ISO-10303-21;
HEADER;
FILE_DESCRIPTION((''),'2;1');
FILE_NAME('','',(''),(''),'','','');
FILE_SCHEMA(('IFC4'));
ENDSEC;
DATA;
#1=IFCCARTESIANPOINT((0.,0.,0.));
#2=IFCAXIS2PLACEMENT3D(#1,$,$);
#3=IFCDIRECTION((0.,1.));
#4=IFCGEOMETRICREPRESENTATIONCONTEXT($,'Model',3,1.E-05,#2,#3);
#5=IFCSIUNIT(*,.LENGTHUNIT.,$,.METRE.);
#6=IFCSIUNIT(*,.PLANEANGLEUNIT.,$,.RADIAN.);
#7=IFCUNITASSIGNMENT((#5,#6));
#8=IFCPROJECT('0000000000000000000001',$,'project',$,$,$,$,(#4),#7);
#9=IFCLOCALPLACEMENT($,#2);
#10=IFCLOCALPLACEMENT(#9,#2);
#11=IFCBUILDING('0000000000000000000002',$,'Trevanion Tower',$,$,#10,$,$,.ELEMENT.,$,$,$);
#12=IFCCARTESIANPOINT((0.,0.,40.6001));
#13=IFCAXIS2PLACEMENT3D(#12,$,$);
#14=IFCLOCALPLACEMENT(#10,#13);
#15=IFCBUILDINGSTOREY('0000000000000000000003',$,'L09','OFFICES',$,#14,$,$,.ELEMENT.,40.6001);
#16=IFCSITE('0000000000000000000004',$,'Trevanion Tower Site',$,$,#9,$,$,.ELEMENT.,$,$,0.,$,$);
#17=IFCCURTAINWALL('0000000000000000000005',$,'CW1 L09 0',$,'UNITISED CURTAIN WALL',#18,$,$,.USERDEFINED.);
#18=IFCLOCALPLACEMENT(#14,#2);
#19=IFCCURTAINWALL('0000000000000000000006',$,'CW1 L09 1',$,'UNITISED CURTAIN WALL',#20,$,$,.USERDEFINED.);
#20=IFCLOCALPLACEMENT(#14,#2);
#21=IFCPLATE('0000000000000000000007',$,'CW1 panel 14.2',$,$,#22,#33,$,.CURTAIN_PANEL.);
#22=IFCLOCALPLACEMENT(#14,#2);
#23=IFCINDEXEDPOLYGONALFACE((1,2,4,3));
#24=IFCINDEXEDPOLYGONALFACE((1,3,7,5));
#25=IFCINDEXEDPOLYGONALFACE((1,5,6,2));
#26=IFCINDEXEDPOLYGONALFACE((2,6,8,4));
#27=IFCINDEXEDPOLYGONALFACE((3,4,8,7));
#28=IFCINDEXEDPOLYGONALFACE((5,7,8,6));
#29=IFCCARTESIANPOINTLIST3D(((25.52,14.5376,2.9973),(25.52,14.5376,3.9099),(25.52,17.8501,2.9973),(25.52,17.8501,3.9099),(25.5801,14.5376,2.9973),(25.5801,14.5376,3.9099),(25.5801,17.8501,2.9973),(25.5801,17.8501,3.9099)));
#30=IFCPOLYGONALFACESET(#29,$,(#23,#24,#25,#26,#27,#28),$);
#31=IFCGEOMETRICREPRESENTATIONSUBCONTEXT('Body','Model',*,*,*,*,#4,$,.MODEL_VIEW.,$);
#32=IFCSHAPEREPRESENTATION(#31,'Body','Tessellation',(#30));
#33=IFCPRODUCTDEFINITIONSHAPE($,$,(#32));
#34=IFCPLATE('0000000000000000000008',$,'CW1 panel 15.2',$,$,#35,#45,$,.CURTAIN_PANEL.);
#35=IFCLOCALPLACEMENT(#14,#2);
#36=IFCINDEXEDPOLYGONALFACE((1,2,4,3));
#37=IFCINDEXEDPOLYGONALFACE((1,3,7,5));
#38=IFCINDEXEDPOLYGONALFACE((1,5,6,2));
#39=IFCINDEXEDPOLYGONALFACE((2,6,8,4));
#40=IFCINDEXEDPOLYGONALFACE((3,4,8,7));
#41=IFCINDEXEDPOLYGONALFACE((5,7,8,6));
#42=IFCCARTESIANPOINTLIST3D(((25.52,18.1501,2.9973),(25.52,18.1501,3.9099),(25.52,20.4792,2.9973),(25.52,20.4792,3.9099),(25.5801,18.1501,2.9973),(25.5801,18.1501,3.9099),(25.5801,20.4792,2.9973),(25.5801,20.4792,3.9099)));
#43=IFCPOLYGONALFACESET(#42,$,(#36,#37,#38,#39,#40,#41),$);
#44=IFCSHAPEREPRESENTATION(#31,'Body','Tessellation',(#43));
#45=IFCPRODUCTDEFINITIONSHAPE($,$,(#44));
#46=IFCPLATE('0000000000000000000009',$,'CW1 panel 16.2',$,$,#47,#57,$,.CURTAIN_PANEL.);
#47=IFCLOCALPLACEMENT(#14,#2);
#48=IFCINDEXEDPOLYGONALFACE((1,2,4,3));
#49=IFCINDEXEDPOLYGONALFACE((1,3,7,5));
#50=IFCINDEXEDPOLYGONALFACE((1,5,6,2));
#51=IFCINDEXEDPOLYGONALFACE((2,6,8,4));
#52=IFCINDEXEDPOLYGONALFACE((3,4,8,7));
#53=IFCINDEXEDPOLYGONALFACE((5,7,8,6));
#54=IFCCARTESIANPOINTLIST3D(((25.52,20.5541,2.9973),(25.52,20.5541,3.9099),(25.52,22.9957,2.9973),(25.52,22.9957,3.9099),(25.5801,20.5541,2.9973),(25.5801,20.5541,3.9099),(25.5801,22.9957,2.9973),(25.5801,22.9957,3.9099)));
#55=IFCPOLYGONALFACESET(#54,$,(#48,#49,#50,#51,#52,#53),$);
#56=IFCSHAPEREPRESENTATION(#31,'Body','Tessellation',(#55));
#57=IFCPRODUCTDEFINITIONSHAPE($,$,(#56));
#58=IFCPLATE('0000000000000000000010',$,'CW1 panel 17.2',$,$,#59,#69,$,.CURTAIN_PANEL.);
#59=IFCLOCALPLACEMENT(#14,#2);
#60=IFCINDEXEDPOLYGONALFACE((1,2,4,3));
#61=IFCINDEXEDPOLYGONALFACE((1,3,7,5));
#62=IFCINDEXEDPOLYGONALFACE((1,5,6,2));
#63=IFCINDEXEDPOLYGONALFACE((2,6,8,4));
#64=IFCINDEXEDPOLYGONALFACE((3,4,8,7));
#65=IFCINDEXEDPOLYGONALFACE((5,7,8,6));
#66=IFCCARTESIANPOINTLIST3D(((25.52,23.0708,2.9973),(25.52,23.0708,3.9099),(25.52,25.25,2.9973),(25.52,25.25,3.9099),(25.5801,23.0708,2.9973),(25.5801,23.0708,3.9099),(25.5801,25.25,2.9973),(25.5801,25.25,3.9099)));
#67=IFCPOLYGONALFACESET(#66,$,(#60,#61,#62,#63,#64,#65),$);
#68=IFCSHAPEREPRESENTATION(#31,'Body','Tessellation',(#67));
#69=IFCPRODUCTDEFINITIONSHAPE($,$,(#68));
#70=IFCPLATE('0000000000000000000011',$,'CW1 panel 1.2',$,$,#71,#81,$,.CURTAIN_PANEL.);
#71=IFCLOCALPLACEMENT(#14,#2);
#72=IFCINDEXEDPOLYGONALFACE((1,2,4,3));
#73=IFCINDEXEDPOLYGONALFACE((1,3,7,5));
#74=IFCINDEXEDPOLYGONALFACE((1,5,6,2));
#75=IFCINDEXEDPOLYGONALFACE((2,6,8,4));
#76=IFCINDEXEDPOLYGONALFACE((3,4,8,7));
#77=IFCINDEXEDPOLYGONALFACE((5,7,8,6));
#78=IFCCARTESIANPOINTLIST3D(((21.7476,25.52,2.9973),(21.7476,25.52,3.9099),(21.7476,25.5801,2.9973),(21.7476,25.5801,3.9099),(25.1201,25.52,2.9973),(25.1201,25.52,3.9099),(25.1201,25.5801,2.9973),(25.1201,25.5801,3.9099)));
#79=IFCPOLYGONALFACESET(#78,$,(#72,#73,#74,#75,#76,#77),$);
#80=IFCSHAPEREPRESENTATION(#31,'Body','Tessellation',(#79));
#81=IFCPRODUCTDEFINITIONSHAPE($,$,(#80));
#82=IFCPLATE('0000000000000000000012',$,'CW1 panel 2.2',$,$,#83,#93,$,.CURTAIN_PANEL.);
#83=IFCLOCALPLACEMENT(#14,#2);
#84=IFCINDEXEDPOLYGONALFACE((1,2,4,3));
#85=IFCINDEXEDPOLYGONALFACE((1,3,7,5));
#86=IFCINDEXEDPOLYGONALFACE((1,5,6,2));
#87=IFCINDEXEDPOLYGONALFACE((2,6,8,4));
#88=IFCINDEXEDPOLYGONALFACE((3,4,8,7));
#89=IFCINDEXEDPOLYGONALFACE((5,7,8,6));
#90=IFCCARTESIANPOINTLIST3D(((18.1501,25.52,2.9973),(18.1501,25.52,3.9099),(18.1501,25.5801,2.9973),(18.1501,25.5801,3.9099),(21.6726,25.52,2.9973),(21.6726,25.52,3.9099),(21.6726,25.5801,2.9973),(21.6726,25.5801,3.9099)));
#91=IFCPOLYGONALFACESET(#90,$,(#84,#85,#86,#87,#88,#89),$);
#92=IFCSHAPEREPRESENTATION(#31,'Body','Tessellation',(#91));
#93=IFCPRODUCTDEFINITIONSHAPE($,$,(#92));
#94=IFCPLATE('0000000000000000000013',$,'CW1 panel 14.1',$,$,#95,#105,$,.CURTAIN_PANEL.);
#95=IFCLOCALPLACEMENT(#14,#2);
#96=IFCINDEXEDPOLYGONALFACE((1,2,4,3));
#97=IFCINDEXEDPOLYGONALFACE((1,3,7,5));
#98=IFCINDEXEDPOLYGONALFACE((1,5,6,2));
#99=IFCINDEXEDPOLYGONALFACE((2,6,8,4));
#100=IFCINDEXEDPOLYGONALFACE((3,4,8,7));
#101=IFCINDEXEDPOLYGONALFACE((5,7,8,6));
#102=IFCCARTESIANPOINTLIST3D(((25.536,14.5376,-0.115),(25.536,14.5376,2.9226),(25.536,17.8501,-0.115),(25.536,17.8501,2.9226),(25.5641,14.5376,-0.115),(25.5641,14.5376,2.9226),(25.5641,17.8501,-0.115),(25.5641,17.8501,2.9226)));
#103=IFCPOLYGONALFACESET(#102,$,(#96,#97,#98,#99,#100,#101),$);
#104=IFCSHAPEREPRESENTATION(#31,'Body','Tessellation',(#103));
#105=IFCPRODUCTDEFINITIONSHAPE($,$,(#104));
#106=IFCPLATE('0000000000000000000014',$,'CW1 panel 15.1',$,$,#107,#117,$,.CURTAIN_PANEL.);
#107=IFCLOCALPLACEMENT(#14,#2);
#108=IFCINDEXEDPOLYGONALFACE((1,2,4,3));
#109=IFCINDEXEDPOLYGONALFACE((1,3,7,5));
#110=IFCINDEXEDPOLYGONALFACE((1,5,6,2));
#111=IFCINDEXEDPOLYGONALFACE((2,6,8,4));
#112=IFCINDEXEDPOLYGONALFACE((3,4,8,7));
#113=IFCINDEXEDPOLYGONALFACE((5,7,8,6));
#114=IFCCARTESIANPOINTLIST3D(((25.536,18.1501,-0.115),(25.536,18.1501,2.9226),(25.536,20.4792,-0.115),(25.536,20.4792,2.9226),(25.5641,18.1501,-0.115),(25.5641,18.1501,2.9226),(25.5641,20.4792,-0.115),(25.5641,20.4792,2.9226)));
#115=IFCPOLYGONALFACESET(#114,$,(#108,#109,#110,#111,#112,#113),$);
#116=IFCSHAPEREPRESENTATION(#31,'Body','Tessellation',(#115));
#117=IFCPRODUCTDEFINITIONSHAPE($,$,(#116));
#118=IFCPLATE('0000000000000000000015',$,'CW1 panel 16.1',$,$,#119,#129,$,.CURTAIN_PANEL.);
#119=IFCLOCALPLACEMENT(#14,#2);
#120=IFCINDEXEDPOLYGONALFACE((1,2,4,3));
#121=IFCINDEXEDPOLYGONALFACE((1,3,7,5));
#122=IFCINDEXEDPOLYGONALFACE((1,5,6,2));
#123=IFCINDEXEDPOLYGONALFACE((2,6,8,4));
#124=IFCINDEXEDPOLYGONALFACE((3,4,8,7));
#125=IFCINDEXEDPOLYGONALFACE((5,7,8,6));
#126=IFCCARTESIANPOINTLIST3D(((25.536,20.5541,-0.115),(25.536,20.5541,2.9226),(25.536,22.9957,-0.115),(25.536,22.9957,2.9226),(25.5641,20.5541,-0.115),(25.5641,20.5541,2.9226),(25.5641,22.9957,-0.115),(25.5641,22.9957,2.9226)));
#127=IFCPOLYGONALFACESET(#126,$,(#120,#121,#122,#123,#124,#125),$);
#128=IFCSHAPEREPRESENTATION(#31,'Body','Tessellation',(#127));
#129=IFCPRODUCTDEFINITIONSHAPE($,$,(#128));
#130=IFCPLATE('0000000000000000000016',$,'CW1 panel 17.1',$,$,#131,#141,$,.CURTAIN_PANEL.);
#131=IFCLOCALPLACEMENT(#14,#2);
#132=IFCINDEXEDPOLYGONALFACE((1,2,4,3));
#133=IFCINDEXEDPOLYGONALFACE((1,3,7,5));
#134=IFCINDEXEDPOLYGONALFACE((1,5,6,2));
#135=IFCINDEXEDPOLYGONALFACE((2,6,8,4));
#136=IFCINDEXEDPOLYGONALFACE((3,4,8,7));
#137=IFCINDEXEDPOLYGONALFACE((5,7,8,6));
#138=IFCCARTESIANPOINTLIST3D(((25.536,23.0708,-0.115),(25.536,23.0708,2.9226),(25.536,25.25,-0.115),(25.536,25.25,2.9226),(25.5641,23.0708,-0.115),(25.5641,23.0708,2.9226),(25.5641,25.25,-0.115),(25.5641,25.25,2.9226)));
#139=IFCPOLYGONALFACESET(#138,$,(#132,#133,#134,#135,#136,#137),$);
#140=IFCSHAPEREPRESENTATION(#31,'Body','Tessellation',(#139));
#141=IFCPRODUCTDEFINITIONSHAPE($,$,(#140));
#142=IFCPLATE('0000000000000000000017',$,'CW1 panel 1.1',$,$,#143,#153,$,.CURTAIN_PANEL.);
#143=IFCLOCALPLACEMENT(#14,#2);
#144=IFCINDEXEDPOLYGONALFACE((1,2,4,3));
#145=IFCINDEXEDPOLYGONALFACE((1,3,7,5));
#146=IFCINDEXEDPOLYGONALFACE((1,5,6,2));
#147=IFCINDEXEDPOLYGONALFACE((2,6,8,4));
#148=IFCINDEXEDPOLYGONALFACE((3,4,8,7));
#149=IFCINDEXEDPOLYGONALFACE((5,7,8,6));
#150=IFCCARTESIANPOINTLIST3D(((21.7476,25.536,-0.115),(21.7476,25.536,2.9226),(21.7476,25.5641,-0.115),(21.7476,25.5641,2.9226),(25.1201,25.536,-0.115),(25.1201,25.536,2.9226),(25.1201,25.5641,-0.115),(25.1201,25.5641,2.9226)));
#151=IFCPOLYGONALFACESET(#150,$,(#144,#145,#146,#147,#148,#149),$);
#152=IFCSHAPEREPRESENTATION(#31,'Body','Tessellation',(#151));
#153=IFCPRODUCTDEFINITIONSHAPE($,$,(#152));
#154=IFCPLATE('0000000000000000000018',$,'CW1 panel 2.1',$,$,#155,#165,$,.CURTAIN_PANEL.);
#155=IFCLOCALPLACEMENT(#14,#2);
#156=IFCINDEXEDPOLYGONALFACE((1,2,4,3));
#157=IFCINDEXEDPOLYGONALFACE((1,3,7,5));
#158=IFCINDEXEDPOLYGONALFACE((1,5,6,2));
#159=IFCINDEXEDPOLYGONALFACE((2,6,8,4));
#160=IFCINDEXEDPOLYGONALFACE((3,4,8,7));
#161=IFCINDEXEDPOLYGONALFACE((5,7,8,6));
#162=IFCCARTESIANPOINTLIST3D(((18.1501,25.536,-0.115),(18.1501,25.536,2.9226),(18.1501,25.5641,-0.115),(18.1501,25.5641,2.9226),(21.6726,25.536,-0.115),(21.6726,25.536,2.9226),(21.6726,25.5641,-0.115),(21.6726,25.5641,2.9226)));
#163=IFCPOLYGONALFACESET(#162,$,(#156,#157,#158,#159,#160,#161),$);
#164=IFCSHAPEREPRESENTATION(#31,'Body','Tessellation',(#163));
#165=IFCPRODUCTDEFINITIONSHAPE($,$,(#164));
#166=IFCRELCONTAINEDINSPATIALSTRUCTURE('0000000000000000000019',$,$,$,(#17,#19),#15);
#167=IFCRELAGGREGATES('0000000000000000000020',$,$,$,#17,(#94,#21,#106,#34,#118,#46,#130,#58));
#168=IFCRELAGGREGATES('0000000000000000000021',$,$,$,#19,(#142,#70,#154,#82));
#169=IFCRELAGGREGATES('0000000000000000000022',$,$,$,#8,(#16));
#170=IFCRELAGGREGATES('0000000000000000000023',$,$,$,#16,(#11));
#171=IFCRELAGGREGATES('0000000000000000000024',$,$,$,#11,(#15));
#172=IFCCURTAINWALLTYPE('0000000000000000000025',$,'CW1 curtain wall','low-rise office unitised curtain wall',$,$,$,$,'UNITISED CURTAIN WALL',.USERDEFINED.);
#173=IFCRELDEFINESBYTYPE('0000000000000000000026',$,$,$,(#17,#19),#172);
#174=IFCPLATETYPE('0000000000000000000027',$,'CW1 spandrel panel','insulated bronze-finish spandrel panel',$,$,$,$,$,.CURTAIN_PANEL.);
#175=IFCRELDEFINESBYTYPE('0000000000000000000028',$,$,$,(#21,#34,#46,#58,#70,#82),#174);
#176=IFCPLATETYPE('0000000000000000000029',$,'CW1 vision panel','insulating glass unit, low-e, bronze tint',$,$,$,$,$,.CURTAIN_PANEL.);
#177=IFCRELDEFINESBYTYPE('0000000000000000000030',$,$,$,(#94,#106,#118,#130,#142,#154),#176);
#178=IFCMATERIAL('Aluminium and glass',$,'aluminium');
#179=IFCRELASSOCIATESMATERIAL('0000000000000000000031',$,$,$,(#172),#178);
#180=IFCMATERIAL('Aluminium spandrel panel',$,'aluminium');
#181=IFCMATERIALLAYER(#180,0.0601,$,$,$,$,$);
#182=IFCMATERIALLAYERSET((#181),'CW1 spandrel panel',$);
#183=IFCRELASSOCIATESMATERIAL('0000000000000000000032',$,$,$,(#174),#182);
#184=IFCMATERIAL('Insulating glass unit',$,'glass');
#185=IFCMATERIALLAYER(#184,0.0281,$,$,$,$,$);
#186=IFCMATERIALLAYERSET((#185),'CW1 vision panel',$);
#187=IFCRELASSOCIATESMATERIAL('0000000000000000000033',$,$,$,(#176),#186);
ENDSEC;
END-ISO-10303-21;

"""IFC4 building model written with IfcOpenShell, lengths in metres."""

from ifc_helpers import new_model, si_unit, direction, frame, origin, origin_2d, place, context, subcontext, project, spatial, rectangle, extrude, material, layer, layer_set, type_object, element, aggregate, save


model = new_model("IFC4")

# Units and contexts
model_context = context("Model", 3, precision=1e-05, world=origin(), true_north=direction((0.0, 1.0)))
body_context = subcontext(model_context, "Body", "Model", "MODEL_VIEW")
ifc_project = project(units=[si_unit("LENGTHUNIT", "METRE"), si_unit("PLANEANGLEUNIT", "RADIAN")], contexts=[model_context])

# Site, building, storey
site_placement = place(None, origin())
site = spatial("IfcSite", under=ifc_project, at=site_placement, Name="Trevanion Tower Site", CompositionType="ELEMENT", RefElevation=0.0)
building_placement = place(site_placement, origin())
building = spatial("IfcBuilding", under=site, at=building_placement, Name="Trevanion Tower", CompositionType="ELEMENT")
storey_placement = place(building_placement, frame((0.0, 0.0, 40.6001)))
storey = spatial("IfcBuildingStorey", under=building, at=storey_placement, Name="L09", Description="OFFICES", CompositionType="ELEMENT", Elevation=40.6001)

# Curtain wall
ifc_material_1 = material(Name="Aluminium and glass", Category="aluminium")
curtain_wall_type = type_object("IfcCurtainWallType", Name="CW1 curtain wall", Description="low-rise office unitised curtain wall", ElementType="UNITISED CURTAIN WALL", PredefinedType="USERDEFINED", material=ifc_material_1)
curtain_wall_1_placement = place(storey_placement, origin())
curtain_wall_1 = element("IfcCurtainWall", 1, at=curtain_wall_1_placement, inside=storey, type_object=curtain_wall_type, Name="CW1 L09 0", ObjectType="UNITISED CURTAIN WALL", PredefinedType="USERDEFINED")

# Curtain wall
curtain_wall_2_placement = place(storey_placement, origin())
curtain_wall_2 = element("IfcCurtainWall", 2, at=curtain_wall_2_placement, inside=storey, type_object=curtain_wall_type, Name="CW1 L09 1", ObjectType="UNITISED CURTAIN WALL", PredefinedType="USERDEFINED")

# Plates
ifc_material_2 = material(Name="Aluminium spandrel panel", Category="aluminium")
ifc_layer_1 = layer(ifc_material_2, 0.0601)
ifc_layer_set_1 = layer_set([ifc_layer_1], Name="CW1 spandrel panel")
plate_type_1 = type_object("IfcPlateType", Name="CW1 spandrel panel", Description="insulated bronze-finish spandrel panel", PredefinedType="CURTAIN_PANEL", material=ifc_layer_set_1)
plate_1_placement = place(storey_placement, frame((25.55, 16.1938, 2.9973), z_axis=(0.0, 0.0, 1.0), x_axis=(0.0, 1.0, 0.0)))
plate_1 = element("IfcPlate", 3, at=plate_1_placement, type_object=plate_type_1, Name="CW1 panel 14.2", PredefinedType="CURTAIN_PANEL", context=body_context, shape_type="SweptSolid", body=[
    extrude(rectangle(XDim=3.3125, YDim=0.0601, at=origin_2d()), origin(), (0.0, 0.0, 1.0), 0.9126),
])
plate_2_placement = place(storey_placement, frame((25.55, 19.3147, 2.9973), z_axis=(0.0, 0.0, 1.0), x_axis=(0.0, 1.0, 0.0)))
plate_2 = element("IfcPlate", 4, at=plate_2_placement, type_object=plate_type_1, Name="CW1 panel 15.2", PredefinedType="CURTAIN_PANEL", context=body_context, shape_type="SweptSolid", body=[
    extrude(rectangle(XDim=2.3291, YDim=0.0601, at=origin_2d()), origin(), (0.0, 0.0, 1.0), 0.9126),
])
plate_3_placement = place(storey_placement, frame((25.55, 21.7749, 2.9973), z_axis=(0.0, 0.0, 1.0), x_axis=(0.0, 1.0, 0.0)))
plate_3 = element("IfcPlate", 5, at=plate_3_placement, type_object=plate_type_1, Name="CW1 panel 16.2", PredefinedType="CURTAIN_PANEL", context=body_context, shape_type="SweptSolid", body=[
    extrude(rectangle(XDim=2.4417, YDim=0.0601, at=origin_2d()), origin(), (0.0, 0.0, 1.0), 0.9126),
])
plate_4_placement = place(storey_placement, frame((25.55, 24.1604, 2.9973), z_axis=(0.0, 0.0, 1.0), x_axis=(0.0, 1.0, 0.0)))
plate_4 = element("IfcPlate", 6, at=plate_4_placement, type_object=plate_type_1, Name="CW1 panel 17.2", PredefinedType="CURTAIN_PANEL", context=body_context, shape_type="SweptSolid", body=[
    extrude(rectangle(XDim=2.1792, YDim=0.0601, at=origin_2d()), origin(), (0.0, 0.0, 1.0), 0.9126),
])
plate_5_placement = place(storey_placement, frame((23.4338, 25.55, 2.9973), z_axis=(0.0, 0.0, 1.0), x_axis=(-1.0, 0.0, 0.0)))
plate_5 = element("IfcPlate", 7, at=plate_5_placement, type_object=plate_type_1, Name="CW1 panel 1.2", PredefinedType="CURTAIN_PANEL", context=body_context, shape_type="SweptSolid", body=[
    extrude(rectangle(XDim=3.3726, YDim=0.0601, at=origin_2d()), origin(), (0.0, 0.0, 1.0), 0.9126),
])
plate_6_placement = place(storey_placement, frame((19.9114, 25.55, 2.9973), z_axis=(0.0, 0.0, 1.0), x_axis=(-1.0, 0.0, 0.0)))
plate_6 = element("IfcPlate", 8, at=plate_6_placement, type_object=plate_type_1, Name="CW1 panel 2.2", PredefinedType="CURTAIN_PANEL", context=body_context, shape_type="SweptSolid", body=[
    extrude(rectangle(XDim=3.5225, YDim=0.0601, at=origin_2d()), origin(), (0.0, 0.0, 1.0), 0.9126),
])
ifc_material_3 = material(Name="Insulating glass unit", Category="glass")
ifc_layer_2 = layer(ifc_material_3, 0.0281)
ifc_layer_set_2 = layer_set([ifc_layer_2], Name="CW1 vision panel")
plate_type_2 = type_object("IfcPlateType", Name="CW1 vision panel", Description="insulating glass unit, low-e, bronze tint", PredefinedType="CURTAIN_PANEL", material=ifc_layer_set_2)
plate_7_placement = place(storey_placement, frame((25.55, 16.1938, -0.115), z_axis=(0.0, 0.0, 1.0), x_axis=(0.0, 1.0, 0.0)))
plate_7 = element("IfcPlate", 9, at=plate_7_placement, type_object=plate_type_2, Name="CW1 panel 14.1", PredefinedType="CURTAIN_PANEL", context=body_context, shape_type="SweptSolid", body=[
    extrude(rectangle(XDim=3.3125, YDim=0.0281, at=origin_2d()), origin(), (0.0, 0.0, 1.0), 3.0376),
])
plate_8_placement = place(storey_placement, frame((25.55, 19.3147, -0.115), z_axis=(0.0, 0.0, 1.0), x_axis=(0.0, 1.0, 0.0)))
plate_8 = element("IfcPlate", 10, at=plate_8_placement, type_object=plate_type_2, Name="CW1 panel 15.1", PredefinedType="CURTAIN_PANEL", context=body_context, shape_type="SweptSolid", body=[
    extrude(rectangle(XDim=2.3291, YDim=0.0281, at=origin_2d()), origin(), (0.0, 0.0, 1.0), 3.0376),
])
plate_9_placement = place(storey_placement, frame((25.55, 21.7749, -0.115), z_axis=(0.0, 0.0, 1.0), x_axis=(0.0, 1.0, 0.0)))
plate_9 = element("IfcPlate", 11, at=plate_9_placement, type_object=plate_type_2, Name="CW1 panel 16.1", PredefinedType="CURTAIN_PANEL", context=body_context, shape_type="SweptSolid", body=[
    extrude(rectangle(XDim=2.4417, YDim=0.0281, at=origin_2d()), origin(), (0.0, 0.0, 1.0), 3.0376),
])
plate_10_placement = place(storey_placement, frame((25.55, 24.1604, -0.115), z_axis=(0.0, 0.0, 1.0), x_axis=(0.0, 1.0, 0.0)))
plate_10 = element("IfcPlate", 12, at=plate_10_placement, type_object=plate_type_2, Name="CW1 panel 17.1", PredefinedType="CURTAIN_PANEL", context=body_context, shape_type="SweptSolid", body=[
    extrude(rectangle(XDim=2.1792, YDim=0.0281, at=origin_2d()), origin(), (0.0, 0.0, 1.0), 3.0376),
])
aggregate(curtain_wall_1, [plate_7, plate_1, plate_8, plate_2, plate_9, plate_3, plate_10, plate_4])
plate_11_placement = place(storey_placement, frame((23.4338, 25.55, -0.115), z_axis=(0.0, 0.0, 1.0), x_axis=(-1.0, 0.0, 0.0)))
plate_11 = element("IfcPlate", 13, at=plate_11_placement, type_object=plate_type_2, Name="CW1 panel 1.1", PredefinedType="CURTAIN_PANEL", context=body_context, shape_type="SweptSolid", body=[
    extrude(rectangle(XDim=3.3726, YDim=0.0281, at=origin_2d()), origin(), (0.0, 0.0, 1.0), 3.0376),
])
plate_12_placement = place(storey_placement, frame((19.9114, 25.55, -0.115), z_axis=(0.0, 0.0, 1.0), x_axis=(-1.0, 0.0, 0.0)))
plate_12 = element("IfcPlate", 14, at=plate_12_placement, type_object=plate_type_2, Name="CW1 panel 2.1", PredefinedType="CURTAIN_PANEL", context=body_context, shape_type="SweptSolid", body=[
    extrude(rectangle(XDim=3.5225, YDim=0.0281, at=origin_2d()), origin(), (0.0, 0.0, 1.0), 3.0376),
])
aggregate(curtain_wall_2, [plate_11, plate_5, plate_12, plate_6])

save(model, "model.ifc")
